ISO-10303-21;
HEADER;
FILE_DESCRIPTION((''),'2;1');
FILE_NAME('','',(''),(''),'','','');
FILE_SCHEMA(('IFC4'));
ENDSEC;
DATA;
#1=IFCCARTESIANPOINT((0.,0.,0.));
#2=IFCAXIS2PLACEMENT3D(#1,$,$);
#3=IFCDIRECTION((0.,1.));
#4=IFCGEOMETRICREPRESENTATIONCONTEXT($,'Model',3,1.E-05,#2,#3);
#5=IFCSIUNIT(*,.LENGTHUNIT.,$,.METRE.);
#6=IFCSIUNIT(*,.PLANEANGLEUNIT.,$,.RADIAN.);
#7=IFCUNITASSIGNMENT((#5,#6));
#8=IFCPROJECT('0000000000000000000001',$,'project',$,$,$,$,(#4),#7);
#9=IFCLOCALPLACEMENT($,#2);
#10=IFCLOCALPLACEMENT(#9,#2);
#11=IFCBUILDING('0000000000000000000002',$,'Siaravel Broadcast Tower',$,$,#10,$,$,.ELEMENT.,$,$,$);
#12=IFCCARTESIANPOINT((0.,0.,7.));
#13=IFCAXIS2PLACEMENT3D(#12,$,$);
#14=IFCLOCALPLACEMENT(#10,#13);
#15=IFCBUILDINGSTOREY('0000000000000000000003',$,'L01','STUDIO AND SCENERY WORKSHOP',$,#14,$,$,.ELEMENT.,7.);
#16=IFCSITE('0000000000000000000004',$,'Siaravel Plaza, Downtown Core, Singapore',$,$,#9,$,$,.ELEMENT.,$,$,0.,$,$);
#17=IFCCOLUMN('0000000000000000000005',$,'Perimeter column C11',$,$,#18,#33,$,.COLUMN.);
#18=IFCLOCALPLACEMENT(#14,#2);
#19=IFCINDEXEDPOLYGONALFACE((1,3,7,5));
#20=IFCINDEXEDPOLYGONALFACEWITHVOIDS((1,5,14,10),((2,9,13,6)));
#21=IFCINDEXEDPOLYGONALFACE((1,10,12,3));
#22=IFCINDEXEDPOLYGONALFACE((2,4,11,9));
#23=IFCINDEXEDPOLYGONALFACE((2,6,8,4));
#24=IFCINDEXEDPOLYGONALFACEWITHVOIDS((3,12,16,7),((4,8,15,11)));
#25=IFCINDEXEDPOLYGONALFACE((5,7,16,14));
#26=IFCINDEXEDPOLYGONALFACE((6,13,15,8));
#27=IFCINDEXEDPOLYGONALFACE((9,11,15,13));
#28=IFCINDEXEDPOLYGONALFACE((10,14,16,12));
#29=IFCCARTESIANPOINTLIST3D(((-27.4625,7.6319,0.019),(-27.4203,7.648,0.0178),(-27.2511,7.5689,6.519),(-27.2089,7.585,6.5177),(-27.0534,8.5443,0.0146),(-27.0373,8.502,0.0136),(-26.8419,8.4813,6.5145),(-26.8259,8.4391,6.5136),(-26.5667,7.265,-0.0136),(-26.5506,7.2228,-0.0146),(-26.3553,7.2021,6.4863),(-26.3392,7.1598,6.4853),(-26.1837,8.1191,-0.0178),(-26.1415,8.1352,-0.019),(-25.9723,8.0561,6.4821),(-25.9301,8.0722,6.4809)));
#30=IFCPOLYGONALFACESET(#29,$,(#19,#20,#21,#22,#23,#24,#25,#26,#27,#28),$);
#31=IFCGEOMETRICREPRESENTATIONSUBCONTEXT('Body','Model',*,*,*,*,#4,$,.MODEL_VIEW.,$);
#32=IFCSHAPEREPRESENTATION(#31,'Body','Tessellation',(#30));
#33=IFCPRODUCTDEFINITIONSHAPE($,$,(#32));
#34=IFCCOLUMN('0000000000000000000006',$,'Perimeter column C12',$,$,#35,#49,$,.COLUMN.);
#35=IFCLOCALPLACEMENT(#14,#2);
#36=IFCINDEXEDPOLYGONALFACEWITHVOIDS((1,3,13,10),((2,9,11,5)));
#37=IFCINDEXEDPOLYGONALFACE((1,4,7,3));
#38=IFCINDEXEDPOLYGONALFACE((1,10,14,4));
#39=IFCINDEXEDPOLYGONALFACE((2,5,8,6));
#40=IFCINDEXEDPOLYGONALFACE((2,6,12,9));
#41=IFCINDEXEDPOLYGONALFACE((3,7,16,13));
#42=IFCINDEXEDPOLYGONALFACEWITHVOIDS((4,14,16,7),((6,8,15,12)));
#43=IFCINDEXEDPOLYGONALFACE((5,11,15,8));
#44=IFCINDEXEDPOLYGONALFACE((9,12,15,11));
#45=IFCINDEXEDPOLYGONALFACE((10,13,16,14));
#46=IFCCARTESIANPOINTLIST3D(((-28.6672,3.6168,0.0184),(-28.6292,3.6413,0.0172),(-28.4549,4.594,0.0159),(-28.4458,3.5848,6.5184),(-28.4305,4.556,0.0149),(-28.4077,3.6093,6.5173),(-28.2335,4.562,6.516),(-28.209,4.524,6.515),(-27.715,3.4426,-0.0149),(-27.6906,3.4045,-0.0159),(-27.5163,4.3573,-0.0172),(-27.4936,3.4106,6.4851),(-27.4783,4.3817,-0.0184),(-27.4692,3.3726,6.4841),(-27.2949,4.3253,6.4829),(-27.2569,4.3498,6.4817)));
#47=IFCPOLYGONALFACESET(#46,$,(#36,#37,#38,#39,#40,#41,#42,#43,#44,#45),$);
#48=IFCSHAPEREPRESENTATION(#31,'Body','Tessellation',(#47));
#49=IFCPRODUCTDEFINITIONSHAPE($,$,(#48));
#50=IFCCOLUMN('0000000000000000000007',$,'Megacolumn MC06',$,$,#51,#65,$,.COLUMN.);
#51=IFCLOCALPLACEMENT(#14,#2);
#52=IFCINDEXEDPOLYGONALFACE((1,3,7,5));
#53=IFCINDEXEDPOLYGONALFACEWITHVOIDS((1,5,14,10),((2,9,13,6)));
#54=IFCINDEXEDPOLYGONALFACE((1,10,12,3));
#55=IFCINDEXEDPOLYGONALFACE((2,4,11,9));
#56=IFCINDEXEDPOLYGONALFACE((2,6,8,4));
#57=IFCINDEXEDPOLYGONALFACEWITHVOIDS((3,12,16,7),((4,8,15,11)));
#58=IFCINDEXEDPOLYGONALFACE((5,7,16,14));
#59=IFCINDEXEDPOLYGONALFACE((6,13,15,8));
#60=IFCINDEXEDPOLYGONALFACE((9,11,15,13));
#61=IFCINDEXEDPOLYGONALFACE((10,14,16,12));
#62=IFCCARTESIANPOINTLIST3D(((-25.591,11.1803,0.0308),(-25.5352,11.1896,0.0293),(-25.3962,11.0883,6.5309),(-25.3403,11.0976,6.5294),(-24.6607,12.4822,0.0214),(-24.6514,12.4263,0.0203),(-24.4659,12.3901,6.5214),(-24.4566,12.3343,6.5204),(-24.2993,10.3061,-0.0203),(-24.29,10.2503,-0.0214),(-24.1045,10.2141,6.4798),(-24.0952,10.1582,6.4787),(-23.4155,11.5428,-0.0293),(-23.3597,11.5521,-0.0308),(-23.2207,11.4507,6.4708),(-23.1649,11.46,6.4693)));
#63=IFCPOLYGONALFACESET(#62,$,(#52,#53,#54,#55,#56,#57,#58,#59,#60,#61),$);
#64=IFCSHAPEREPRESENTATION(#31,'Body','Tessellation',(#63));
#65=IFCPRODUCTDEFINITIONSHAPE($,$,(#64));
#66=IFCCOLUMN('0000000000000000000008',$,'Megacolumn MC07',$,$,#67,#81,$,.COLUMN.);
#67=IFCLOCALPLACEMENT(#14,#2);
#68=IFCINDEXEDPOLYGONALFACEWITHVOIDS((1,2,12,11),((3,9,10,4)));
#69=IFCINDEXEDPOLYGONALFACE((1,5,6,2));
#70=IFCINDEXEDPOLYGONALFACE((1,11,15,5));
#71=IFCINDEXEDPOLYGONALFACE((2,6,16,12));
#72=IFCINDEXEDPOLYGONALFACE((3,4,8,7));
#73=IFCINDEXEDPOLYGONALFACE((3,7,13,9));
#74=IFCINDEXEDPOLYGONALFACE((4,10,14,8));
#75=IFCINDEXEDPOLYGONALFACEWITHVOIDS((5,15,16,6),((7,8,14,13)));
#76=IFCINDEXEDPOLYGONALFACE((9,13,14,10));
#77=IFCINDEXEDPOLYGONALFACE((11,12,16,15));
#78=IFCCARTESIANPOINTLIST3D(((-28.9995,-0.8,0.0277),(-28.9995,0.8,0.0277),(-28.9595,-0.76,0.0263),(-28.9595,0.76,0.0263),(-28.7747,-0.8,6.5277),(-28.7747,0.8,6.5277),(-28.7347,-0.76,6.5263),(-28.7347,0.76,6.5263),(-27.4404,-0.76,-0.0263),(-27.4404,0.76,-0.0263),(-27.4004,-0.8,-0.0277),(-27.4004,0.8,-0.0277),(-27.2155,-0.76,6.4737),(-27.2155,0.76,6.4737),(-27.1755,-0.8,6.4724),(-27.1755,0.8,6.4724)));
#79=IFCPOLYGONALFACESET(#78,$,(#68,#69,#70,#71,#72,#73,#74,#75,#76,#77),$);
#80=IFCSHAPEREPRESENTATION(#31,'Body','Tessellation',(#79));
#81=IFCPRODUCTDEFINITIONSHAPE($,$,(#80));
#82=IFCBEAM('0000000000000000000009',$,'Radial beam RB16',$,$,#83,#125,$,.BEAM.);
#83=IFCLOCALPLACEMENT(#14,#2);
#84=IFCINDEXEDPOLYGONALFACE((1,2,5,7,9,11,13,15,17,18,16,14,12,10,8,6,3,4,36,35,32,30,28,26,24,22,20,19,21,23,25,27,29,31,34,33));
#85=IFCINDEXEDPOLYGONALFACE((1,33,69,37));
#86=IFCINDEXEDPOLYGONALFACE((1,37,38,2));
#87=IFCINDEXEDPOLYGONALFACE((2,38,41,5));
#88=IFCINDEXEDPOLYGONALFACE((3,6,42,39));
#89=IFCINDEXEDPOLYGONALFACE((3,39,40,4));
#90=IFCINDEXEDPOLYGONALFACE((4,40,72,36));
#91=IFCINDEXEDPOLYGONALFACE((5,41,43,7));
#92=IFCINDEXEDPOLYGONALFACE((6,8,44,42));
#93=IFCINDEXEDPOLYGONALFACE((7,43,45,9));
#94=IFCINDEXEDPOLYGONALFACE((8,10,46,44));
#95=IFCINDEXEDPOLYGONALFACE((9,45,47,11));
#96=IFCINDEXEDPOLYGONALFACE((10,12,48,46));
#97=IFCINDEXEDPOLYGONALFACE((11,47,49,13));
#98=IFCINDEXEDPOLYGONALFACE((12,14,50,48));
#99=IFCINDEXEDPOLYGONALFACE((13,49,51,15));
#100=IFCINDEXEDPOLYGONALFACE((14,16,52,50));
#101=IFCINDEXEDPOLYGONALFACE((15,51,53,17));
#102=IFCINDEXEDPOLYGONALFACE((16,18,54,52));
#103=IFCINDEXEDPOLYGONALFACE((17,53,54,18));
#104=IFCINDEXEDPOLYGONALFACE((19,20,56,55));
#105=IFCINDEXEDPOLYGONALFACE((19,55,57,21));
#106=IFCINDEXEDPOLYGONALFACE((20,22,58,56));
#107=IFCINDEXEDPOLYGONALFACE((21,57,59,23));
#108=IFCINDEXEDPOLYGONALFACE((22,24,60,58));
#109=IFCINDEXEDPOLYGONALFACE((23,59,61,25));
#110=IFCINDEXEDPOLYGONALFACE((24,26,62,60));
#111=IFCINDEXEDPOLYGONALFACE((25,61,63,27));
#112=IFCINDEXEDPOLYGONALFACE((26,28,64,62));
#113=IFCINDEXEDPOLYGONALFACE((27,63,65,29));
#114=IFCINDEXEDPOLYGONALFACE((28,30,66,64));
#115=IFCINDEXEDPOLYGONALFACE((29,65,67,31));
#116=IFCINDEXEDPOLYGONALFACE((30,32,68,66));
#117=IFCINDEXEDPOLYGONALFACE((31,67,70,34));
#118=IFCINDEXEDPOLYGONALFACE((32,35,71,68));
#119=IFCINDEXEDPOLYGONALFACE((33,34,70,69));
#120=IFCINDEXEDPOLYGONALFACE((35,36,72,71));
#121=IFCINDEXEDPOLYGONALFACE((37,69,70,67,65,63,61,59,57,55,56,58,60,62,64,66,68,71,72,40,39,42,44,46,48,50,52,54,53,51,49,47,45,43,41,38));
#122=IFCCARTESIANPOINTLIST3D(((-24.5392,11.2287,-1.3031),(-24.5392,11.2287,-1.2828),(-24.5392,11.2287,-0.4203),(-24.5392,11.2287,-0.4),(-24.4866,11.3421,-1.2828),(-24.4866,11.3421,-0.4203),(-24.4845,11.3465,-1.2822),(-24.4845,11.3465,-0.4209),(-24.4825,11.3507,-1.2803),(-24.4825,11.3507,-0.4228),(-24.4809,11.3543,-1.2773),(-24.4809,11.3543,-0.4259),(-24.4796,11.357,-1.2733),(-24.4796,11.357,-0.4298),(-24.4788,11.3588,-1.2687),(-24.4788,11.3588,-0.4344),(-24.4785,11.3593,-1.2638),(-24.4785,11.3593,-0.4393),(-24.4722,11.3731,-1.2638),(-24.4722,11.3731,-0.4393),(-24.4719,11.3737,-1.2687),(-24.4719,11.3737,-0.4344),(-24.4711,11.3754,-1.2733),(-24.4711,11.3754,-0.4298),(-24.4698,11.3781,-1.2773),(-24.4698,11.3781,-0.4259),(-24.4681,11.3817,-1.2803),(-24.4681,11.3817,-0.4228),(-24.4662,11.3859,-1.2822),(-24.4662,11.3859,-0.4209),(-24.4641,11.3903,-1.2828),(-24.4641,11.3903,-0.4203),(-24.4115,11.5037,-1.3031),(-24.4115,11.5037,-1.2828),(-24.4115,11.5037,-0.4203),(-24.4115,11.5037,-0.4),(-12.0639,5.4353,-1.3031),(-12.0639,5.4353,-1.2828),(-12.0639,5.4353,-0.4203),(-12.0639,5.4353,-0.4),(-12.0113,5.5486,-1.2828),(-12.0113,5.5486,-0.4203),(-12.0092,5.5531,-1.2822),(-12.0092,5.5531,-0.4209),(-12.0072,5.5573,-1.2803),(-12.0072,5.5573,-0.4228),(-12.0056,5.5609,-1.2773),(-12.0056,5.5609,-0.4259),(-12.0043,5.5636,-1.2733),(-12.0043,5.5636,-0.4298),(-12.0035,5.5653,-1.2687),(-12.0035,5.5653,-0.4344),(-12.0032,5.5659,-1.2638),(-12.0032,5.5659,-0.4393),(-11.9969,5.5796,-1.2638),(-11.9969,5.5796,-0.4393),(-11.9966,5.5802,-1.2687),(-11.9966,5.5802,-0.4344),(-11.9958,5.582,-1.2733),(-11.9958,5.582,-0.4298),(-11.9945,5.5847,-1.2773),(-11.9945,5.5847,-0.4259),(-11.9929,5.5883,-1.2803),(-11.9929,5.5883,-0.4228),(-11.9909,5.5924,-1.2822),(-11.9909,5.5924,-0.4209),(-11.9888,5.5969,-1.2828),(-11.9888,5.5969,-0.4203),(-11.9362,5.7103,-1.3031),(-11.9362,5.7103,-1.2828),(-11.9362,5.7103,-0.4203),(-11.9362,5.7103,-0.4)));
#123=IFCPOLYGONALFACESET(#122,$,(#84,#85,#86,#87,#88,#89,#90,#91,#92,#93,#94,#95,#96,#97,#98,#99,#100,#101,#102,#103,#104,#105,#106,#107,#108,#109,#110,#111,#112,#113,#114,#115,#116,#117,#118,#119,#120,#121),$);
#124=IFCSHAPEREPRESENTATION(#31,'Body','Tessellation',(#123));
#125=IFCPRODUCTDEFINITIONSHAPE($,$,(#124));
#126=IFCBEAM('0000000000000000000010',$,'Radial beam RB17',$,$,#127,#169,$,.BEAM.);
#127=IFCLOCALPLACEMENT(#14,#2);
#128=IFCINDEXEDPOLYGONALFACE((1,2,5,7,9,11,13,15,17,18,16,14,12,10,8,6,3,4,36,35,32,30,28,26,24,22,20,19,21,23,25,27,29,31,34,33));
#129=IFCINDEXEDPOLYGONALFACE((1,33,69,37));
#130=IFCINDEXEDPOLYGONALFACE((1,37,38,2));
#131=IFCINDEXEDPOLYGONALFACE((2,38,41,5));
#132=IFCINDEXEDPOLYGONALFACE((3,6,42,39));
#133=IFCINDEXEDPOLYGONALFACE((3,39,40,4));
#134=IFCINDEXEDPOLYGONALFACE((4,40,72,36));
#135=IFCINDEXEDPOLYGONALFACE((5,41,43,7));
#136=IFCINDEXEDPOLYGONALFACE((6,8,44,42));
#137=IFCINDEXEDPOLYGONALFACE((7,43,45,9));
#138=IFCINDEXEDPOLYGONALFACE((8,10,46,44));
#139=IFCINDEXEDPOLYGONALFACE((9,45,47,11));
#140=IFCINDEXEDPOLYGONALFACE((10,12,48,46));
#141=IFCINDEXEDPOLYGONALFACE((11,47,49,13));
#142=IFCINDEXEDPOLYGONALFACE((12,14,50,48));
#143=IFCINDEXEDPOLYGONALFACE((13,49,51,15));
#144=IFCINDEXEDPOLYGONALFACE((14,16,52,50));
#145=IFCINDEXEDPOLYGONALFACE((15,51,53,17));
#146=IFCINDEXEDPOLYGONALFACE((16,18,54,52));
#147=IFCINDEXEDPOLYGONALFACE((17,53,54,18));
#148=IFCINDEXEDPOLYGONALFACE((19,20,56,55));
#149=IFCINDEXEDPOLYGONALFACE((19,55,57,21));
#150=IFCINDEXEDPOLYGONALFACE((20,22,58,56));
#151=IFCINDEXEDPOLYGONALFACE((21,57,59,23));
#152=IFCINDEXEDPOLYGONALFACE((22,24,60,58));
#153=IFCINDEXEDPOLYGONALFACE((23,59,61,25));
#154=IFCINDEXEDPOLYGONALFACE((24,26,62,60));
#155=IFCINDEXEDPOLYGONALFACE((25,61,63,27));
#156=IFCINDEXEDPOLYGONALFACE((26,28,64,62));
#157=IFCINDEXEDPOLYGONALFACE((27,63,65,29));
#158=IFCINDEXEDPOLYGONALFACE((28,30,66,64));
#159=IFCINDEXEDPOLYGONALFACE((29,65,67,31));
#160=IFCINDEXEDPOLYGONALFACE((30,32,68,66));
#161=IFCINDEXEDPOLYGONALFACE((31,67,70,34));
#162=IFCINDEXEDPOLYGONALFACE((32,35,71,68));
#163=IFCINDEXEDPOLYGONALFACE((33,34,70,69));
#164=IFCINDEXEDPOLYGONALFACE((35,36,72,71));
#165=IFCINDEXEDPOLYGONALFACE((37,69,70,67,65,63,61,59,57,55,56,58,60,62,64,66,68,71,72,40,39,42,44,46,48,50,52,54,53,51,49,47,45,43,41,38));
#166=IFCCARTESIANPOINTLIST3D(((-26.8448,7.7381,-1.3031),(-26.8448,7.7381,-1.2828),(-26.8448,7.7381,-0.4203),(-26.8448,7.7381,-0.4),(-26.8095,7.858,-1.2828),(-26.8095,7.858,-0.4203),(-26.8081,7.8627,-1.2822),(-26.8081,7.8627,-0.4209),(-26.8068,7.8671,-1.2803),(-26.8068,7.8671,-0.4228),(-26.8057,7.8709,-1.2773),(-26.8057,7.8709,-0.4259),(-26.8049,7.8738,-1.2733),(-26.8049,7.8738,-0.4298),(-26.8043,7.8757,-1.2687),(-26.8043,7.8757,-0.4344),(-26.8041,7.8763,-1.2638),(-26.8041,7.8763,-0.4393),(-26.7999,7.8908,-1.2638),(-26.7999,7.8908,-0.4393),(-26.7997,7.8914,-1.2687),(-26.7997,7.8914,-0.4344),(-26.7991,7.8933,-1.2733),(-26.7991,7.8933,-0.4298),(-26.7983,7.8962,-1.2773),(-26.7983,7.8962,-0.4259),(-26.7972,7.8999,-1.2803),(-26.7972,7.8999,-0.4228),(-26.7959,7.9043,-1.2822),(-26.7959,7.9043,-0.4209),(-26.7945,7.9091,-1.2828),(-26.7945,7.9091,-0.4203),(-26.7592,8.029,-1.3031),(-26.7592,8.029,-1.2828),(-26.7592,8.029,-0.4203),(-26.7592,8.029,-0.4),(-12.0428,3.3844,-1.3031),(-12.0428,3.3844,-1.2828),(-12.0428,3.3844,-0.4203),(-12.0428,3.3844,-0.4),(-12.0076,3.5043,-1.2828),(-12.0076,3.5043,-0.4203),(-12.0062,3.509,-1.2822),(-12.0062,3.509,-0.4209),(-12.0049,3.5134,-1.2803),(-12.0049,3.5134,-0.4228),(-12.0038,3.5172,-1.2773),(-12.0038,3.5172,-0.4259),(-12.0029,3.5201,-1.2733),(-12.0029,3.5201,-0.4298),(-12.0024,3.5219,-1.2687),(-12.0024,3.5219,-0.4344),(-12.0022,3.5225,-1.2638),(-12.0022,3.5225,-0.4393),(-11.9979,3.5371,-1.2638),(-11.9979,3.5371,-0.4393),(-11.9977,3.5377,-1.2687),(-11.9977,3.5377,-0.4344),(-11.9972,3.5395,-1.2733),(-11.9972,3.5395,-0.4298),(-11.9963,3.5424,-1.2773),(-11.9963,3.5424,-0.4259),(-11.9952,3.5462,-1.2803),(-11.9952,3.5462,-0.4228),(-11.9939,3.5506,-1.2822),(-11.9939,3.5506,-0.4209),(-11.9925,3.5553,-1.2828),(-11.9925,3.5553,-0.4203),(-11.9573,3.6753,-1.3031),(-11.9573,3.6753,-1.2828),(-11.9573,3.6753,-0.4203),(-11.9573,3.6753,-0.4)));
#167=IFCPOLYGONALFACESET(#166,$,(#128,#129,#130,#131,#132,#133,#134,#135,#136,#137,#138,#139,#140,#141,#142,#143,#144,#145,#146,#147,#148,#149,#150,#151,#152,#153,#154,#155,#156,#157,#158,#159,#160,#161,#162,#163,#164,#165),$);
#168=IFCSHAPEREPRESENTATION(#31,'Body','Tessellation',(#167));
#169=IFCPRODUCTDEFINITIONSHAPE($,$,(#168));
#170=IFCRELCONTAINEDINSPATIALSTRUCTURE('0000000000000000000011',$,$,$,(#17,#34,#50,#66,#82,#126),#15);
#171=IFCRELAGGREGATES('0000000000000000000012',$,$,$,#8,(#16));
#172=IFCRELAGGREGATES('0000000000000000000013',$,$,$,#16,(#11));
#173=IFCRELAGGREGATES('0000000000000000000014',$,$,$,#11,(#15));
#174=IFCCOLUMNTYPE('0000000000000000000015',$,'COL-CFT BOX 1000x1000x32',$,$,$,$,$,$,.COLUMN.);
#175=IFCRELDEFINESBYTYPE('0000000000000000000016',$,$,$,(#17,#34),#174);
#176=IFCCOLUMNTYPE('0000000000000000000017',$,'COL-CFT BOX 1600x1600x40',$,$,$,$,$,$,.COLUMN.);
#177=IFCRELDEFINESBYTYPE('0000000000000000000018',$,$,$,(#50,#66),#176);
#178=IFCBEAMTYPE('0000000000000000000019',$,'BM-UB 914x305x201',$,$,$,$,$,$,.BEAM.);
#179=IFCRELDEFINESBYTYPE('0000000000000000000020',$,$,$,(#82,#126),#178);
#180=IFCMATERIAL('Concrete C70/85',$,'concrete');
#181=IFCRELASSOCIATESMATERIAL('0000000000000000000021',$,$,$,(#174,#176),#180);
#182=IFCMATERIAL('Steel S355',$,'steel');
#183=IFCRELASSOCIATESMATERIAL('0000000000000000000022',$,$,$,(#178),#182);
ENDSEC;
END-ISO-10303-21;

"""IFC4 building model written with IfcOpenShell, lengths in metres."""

from ifc_helpers import new_model, si_unit, direction, frame, origin, origin_2d, place, context, subcontext, project, spatial, hollow_rectangle, i_section, extrude, material, material_profile, profile_set, type_object, element, save


model = new_model("IFC4")

# Units and contexts
model_context = context("Model", 3, precision=1e-05, world=origin(), true_north=direction((0.0, 1.0)))
body_context = subcontext(model_context, "Body", "Model", "MODEL_VIEW")
ifc_project = project(units=[si_unit("LENGTHUNIT", "METRE"), si_unit("PLANEANGLEUNIT", "RADIAN")], contexts=[model_context])

# Site, building, storey
site_placement = place(None, origin())
site = spatial("IfcSite", under=ifc_project, at=site_placement, Name="Siaravel Plaza, Downtown Core, Singapore", CompositionType="ELEMENT", RefElevation=0.0)
building_placement = place(site_placement, origin())
building = spatial("IfcBuilding", under=site, at=building_placement, Name="Siaravel Broadcast Tower", CompositionType="ELEMENT")
storey_placement = place(building_placement, frame((0.0, 0.0, 7.0)))
storey = spatial("IfcBuildingStorey", under=building, at=storey_placement, Name="L01", Description="STUDIO AND SCENERY WORKSHOP", CompositionType="ELEMENT", Elevation=7.0)

# Columns
ifc_material_1 = material(Name="Concrete C70/85", Category="concrete")
ifc_material_profile_1 = material_profile(ifc_material_1, hollow_rectangle(XDim=1.0, YDim=1.0, WallThickness=0.032, at=origin_2d()))
ifc_profile_set_1 = profile_set([ifc_material_profile_1], Name="Concrete C70/85")
column_type_1 = type_object("IfcColumnType", Name="COL-CFT BOX 1000x1000x32", PredefinedType="COLUMN", material=ifc_profile_set_1)
column_1_placement = place(storey_placement, frame((-26.802, 7.8835, 0.0), z_axis=(0.032508, -0.009685, 0.999425), x_axis=(0.409165, 0.91245, -0.004467)))
element("IfcColumn", 1, at=column_1_placement, inside=storey, type_object=column_type_1, Name="Perimeter column C11", PredefinedType="COLUMN", context=body_context, shape_type="SweptSolid", body=[
    extrude(hollow_rectangle(XDim=1.0, YDim=1.0, WallThickness=0.032, at=origin_2d()), origin(), (0.0, 0.0, 1.0), 6.5037),
])
column_2_placement = place(storey_placement, frame((-28.0728, 3.9993, 0.0), z_axis=(0.034047, -0.004917, 0.999408), x_axis=(0.212299, 0.977202, -0.002424)))
element("IfcColumn", 2, at=column_2_placement, inside=storey, type_object=column_type_1, Name="Perimeter column C12", PredefinedType="COLUMN", context=body_context, shape_type="SweptSolid", body=[
    extrude(hollow_rectangle(XDim=1.0, YDim=1.0, WallThickness=0.032, at=origin_2d()), origin(), (0.0, 0.0, 1.0), 6.5039),
])
ifc_material_profile_2 = material_profile(ifc_material_1, hollow_rectangle(XDim=1.6001, YDim=1.6001, WallThickness=0.04, at=origin_2d()))
ifc_profile_set_2 = profile_set([ifc_material_profile_2], Name="Concrete C70/85")
column_type_2 = type_object("IfcColumnType", Name="COL-CFT BOX 1600x1600x40", PredefinedType="COLUMN", material=ifc_profile_set_2)
column_3_placement = place(storey_placement, frame((-24.4753, 11.3662, 0.0), z_axis=(0.029957, -0.014152, 0.999451), x_axis=(0.581403, 0.813594, -0.005906)))
element("IfcColumn", 3, at=column_3_placement, inside=storey, type_object=column_type_2, Name="Megacolumn MC06", PredefinedType="COLUMN", context=body_context, shape_type="SweptSolid", body=[
    extrude(hollow_rectangle(XDim=1.6001, YDim=1.6001, WallThickness=0.04, at=origin_2d()), origin(), (0.0, 0.0, 1.0), 6.5037),
])
column_4_placement = place(storey_placement, frame((-28.2, 0.0, 0.0), z_axis=(0.034572, 0.0, 0.999402), x_axis=(0.0, 1.0, 0.0)))
element("IfcColumn", 4, at=column_4_placement, inside=storey, type_object=column_type_2, Name="Megacolumn MC07", PredefinedType="COLUMN", context=body_context, shape_type="SweptSolid", body=[
    extrude(hollow_rectangle(XDim=1.6001, YDim=1.6001, WallThickness=0.04, at=origin_2d()), origin(), (0.0, 0.0, 1.0), 6.5039),
])

# Beams
ifc_material_2 = material(Name="Steel S355", Category="steel")
ifc_material_profile_3 = material_profile(ifc_material_2, i_section(OverallWidth=0.3032, OverallDepth=0.9031, WebThickness=0.0151, FlangeThickness=0.0203, FilletRadius=0.019, at=origin_2d()))
ifc_profile_set_3 = profile_set([ifc_material_profile_3], Name="Steel S355")
beam_type = type_object("IfcBeamType", Name="BM-UB 914x305x201", PredefinedType="BEAM", material=ifc_profile_set_3)
beam_1_placement = place(storey_placement, frame((-24.4753, 11.3662, -0.8516), z_axis=(0.906972, -0.421191, 0.0), x_axis=(0.421191, 0.906972, 0.0)))
element("IfcBeam", 5, at=beam_1_placement, inside=storey, type_object=beam_type, Name="Radial beam RB16", PredefinedType="BEAM", context=body_context, shape_type="SweptSolid", body=[
    extrude(i_section(OverallWidth=0.3032, OverallDepth=0.9031, WebThickness=0.0151, FlangeThickness=0.0203, FilletRadius=0.019, at=origin_2d()), origin(), (0.0, 0.0, 1.0), 13.7549),
])
beam_2_placement = place(storey_placement, frame((-26.802, 7.8835, -0.8516), z_axis=(0.959361, -0.28218, 0.0), x_axis=(0.28218, 0.959361, 0.0)))
element("IfcBeam", 6, at=beam_2_placement, inside=storey, type_object=beam_type, Name="Radial beam RB17", PredefinedType="BEAM", context=body_context, shape_type="SweptSolid", body=[
    extrude(i_section(OverallWidth=0.3032, OverallDepth=0.9031, WebThickness=0.0151, FlangeThickness=0.0203, FilletRadius=0.019, at=origin_2d()), origin(), (0.0, 0.0, 1.0), 15.429),
])

save(model, "model.ifc")
